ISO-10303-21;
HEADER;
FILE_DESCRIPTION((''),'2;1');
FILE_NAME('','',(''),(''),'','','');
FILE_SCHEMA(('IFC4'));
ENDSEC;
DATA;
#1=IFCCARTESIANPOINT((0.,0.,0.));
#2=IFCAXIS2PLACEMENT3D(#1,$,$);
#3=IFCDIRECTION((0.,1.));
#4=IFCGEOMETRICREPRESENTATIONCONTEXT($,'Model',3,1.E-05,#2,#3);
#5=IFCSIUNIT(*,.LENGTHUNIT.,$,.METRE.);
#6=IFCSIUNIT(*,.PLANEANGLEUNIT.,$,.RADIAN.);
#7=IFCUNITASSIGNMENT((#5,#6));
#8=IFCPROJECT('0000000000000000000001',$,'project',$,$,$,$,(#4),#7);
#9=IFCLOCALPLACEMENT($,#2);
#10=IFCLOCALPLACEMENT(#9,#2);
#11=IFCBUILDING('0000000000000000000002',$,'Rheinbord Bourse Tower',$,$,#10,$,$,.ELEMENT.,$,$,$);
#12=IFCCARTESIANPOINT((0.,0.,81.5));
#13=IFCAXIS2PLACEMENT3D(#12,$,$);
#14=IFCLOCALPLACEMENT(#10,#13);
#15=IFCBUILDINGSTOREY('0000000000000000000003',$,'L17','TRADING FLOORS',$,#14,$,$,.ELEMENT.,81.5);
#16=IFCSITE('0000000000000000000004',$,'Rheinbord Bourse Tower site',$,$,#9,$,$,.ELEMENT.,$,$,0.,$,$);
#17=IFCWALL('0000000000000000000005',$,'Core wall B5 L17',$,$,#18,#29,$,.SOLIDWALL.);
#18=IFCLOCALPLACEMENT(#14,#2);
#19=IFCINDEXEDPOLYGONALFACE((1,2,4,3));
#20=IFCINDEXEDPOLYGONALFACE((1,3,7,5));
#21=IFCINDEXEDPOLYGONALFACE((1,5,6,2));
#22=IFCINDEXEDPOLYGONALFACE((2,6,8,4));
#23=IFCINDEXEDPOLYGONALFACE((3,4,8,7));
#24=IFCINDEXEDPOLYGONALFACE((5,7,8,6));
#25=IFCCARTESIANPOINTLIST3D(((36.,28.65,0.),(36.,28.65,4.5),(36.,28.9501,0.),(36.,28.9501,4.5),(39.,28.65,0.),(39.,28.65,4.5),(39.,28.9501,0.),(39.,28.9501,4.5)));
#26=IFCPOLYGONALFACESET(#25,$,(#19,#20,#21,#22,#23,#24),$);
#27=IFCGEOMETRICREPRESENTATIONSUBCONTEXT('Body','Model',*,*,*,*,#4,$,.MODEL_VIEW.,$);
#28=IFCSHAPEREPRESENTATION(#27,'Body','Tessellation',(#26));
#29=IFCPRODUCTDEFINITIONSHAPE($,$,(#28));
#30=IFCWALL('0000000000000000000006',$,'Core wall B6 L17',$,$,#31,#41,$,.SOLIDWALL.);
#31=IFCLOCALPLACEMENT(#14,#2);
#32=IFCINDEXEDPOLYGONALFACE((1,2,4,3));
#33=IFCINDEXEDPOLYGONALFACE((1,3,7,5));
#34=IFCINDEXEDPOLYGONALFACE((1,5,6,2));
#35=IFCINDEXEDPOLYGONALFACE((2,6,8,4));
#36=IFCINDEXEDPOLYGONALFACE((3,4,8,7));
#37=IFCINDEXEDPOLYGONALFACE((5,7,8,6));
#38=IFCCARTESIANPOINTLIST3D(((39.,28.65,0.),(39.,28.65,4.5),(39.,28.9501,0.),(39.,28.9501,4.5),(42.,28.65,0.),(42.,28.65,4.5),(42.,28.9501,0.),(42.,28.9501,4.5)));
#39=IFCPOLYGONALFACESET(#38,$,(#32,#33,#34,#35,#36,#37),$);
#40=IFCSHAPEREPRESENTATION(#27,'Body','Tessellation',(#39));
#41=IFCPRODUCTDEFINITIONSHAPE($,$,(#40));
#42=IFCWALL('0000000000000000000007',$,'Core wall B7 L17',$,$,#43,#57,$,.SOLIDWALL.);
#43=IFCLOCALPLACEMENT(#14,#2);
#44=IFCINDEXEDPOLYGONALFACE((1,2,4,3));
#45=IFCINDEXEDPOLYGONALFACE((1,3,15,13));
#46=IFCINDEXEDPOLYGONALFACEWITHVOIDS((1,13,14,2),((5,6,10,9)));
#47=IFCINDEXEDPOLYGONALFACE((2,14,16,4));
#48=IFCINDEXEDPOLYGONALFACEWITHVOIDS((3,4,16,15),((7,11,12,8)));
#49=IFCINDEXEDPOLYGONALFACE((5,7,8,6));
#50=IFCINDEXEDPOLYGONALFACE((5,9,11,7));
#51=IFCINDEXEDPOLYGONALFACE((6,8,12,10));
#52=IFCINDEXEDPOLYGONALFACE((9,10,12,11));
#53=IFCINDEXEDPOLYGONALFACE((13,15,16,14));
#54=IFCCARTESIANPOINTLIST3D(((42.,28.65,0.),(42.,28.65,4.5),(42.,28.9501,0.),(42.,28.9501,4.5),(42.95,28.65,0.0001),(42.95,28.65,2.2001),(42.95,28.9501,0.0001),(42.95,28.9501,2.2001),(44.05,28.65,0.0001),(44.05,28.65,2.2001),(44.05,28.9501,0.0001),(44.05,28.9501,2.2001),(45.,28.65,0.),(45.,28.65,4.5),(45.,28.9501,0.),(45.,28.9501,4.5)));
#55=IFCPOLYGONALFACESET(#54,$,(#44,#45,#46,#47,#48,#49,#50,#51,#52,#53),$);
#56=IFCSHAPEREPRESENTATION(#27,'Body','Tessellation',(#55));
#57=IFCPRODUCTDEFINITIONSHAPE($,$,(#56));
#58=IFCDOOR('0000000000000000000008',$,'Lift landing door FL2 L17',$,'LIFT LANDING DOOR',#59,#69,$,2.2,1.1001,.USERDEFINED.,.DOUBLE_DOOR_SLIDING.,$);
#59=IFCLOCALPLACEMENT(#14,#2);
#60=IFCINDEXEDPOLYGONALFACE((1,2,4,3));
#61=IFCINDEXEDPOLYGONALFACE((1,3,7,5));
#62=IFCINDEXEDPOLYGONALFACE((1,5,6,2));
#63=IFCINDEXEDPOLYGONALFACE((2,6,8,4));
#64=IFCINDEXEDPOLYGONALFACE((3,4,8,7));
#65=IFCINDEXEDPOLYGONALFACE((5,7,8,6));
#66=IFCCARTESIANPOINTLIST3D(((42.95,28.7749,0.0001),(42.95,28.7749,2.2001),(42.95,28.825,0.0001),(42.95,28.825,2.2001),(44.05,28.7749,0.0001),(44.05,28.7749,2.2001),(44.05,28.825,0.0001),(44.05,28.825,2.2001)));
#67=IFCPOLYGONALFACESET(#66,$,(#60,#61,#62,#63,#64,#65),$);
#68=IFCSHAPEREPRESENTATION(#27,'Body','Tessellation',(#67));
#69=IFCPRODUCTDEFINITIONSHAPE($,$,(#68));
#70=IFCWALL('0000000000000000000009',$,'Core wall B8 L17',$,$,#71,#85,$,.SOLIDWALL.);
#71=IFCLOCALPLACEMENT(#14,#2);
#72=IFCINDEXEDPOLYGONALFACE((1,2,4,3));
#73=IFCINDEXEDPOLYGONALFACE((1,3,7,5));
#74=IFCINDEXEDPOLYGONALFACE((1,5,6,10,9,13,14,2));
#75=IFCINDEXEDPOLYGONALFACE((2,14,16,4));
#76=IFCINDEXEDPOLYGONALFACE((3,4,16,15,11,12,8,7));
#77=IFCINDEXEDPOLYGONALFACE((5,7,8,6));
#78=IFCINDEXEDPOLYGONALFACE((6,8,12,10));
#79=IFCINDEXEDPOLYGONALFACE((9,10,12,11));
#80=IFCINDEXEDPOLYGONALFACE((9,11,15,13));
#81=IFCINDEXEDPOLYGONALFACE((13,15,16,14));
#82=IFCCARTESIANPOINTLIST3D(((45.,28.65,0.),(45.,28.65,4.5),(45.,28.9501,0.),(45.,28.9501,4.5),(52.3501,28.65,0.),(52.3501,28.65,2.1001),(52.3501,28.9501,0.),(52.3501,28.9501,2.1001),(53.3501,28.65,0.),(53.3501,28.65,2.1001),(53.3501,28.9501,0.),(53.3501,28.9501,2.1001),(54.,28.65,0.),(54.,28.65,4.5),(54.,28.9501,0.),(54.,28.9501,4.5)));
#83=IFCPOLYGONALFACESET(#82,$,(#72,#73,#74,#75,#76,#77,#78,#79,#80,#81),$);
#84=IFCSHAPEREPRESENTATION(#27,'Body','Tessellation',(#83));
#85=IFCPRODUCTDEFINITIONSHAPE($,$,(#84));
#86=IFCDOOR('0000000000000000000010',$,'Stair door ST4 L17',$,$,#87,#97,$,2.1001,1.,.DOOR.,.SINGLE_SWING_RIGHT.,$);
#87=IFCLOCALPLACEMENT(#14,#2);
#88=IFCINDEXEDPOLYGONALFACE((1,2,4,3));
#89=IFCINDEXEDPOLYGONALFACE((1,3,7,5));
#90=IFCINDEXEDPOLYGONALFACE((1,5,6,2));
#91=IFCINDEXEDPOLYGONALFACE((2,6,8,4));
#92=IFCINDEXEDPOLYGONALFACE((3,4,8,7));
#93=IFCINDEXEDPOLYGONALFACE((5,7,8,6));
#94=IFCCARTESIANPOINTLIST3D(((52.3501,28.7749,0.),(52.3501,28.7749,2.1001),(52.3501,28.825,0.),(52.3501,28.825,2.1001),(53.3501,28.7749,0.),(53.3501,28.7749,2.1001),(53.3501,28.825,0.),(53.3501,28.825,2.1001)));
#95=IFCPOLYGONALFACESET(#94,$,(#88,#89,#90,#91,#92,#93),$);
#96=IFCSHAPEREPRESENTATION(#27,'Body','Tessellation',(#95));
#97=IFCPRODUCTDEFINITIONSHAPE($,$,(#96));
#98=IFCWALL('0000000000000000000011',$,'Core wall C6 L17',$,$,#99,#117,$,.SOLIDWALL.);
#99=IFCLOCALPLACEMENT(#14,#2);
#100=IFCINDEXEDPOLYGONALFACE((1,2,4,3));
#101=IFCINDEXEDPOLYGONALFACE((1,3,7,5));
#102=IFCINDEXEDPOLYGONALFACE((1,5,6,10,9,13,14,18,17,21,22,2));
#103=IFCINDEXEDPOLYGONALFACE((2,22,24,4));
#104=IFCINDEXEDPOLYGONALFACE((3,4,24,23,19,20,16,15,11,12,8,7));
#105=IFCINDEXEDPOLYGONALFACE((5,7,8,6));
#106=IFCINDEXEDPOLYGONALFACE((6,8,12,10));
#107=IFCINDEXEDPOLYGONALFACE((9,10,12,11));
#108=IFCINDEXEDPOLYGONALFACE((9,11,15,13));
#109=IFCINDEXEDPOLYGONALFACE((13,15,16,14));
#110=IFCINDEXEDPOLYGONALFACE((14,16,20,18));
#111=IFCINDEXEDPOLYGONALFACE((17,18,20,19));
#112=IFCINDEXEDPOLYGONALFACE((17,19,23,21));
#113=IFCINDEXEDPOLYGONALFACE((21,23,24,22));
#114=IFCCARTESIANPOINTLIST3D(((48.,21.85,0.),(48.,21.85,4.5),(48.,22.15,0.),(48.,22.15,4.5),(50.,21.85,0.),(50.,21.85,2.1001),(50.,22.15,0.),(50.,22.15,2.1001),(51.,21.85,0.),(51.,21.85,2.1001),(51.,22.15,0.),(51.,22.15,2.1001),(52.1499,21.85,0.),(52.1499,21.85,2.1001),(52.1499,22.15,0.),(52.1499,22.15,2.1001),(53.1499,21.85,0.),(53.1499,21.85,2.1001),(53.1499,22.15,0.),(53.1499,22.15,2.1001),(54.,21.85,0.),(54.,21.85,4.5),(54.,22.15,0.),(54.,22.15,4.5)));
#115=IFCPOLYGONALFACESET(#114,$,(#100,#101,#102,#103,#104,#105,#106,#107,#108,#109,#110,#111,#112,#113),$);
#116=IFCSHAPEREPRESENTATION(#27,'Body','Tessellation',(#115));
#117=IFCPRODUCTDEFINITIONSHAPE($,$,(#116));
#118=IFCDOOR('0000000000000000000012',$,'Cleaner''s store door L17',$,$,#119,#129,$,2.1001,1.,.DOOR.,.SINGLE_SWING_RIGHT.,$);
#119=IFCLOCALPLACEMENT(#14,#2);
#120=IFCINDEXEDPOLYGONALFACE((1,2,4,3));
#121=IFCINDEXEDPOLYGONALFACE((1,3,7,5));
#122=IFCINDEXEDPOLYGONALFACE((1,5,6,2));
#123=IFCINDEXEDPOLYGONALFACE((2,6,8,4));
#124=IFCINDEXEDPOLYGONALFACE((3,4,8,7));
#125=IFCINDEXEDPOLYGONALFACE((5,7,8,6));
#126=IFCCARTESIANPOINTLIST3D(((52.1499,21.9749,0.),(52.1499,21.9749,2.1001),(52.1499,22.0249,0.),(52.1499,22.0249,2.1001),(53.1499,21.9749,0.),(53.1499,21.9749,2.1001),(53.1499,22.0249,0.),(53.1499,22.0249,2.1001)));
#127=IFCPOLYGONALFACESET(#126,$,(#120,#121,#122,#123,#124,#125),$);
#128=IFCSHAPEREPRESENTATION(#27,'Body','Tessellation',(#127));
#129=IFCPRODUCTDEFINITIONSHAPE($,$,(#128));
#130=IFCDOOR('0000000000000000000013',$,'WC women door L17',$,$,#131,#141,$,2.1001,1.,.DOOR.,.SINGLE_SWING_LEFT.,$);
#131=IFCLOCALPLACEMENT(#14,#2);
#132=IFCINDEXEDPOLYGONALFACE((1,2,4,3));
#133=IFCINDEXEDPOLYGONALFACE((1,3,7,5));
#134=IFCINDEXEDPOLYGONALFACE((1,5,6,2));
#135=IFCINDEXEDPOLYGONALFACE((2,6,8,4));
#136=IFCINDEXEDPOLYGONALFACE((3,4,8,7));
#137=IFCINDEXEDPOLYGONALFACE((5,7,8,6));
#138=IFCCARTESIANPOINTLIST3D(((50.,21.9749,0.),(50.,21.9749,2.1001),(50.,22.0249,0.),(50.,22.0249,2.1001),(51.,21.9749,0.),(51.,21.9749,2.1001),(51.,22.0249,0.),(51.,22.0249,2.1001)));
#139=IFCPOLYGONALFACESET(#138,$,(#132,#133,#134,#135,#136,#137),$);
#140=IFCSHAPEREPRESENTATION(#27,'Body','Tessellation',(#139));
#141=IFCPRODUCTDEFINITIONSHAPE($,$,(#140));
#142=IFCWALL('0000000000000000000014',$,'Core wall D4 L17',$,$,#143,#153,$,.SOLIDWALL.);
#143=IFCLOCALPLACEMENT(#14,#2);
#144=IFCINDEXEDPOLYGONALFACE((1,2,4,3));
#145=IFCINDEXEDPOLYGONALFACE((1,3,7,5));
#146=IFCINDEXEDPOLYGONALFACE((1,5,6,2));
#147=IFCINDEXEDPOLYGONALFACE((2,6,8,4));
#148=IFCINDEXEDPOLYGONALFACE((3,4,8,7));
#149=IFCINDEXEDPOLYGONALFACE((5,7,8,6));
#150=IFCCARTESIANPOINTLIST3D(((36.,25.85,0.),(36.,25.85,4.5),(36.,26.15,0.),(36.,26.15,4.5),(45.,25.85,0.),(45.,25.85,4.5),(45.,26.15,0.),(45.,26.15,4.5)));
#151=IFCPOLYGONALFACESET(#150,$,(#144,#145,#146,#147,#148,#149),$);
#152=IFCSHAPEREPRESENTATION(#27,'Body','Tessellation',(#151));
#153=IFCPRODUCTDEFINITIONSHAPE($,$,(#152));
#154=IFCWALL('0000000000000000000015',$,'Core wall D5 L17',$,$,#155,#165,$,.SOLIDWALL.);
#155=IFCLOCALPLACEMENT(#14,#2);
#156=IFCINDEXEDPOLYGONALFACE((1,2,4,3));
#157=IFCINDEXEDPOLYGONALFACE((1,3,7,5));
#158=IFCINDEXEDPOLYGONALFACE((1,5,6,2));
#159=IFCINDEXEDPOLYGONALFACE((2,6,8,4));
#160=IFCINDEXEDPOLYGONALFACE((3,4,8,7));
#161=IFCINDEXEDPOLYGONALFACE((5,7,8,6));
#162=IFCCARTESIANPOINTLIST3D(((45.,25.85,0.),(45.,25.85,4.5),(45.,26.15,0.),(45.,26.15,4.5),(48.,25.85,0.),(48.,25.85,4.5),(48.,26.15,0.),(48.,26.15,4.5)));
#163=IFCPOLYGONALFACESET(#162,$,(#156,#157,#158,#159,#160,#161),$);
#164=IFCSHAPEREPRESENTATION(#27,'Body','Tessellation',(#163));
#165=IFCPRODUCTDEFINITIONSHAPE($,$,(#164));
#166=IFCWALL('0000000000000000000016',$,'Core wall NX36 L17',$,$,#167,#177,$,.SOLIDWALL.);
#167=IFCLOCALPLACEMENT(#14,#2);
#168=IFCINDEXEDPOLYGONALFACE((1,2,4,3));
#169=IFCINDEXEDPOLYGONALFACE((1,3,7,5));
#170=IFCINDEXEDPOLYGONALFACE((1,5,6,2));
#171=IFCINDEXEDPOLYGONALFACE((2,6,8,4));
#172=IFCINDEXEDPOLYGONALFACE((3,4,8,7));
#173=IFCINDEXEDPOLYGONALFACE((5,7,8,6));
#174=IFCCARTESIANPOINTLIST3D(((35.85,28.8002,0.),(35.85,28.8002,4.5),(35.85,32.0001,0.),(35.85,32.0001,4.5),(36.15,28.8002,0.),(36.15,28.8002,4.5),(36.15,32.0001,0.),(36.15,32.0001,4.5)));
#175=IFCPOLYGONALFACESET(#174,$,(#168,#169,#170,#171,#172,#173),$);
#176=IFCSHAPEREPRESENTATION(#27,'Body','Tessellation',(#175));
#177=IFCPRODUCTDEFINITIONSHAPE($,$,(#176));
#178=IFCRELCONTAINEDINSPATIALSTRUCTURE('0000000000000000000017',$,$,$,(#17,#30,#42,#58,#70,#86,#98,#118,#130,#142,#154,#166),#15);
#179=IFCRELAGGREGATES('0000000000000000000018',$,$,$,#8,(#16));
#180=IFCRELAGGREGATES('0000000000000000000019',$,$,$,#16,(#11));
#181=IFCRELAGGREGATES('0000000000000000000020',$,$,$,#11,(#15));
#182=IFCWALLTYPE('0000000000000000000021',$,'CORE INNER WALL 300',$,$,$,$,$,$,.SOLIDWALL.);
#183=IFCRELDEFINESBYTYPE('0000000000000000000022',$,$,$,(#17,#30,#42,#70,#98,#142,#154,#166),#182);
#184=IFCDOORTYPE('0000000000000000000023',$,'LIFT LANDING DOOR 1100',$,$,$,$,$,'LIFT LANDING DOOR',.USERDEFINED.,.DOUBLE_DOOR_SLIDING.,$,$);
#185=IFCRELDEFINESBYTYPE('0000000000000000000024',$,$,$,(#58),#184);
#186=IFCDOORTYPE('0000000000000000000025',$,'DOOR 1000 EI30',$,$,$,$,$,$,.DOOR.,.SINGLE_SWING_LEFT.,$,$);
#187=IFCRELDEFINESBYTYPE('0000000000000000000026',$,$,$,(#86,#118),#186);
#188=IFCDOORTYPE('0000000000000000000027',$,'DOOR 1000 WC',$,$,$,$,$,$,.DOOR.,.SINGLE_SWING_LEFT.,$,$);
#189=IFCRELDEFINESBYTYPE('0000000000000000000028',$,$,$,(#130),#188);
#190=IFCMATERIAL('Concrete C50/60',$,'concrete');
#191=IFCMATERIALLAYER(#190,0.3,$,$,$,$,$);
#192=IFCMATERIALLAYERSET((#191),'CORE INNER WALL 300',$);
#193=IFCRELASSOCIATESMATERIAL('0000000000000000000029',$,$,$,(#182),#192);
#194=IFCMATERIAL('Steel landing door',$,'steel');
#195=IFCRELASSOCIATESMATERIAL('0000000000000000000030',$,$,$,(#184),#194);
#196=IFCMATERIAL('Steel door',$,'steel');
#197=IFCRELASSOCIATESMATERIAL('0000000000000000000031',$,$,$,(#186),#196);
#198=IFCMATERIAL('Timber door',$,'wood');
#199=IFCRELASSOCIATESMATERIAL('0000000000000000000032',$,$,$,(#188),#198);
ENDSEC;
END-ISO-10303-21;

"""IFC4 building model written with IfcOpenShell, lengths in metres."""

from ifc_helpers import new_model, si_unit, direction, frame, frame_2d, origin, place, context, subcontext, project, spatial, rectangle, extrude, material, layer, layer_set, type_object, element, fill, save


model = new_model("IFC4")

# Units and contexts
model_context = context("Model", 3, precision=1e-05, world=origin(), true_north=direction((0.0, 1.0)))
body_context = subcontext(model_context, "Body", "Model", "MODEL_VIEW")
ifc_project = project(units=[si_unit("LENGTHUNIT", "METRE"), si_unit("PLANEANGLEUNIT", "RADIAN")], contexts=[model_context])

# Site, building, storey
site_placement = place(None, origin())
site = spatial("IfcSite", under=ifc_project, at=site_placement, Name="Rheinbord Bourse Tower site", CompositionType="ELEMENT", RefElevation=0.0)
building_placement = place(site_placement, origin())
building = spatial("IfcBuilding", under=site, at=building_placement, Name="Rheinbord Bourse Tower", CompositionType="ELEMENT")
storey_placement = place(building_placement, frame((0.0, 0.0, 81.5)))
storey = spatial("IfcBuildingStorey", under=building, at=storey_placement, Name="L17", Description="TRADING FLOORS", CompositionType="ELEMENT", Elevation=81.5)

# Walls
ifc_material_1 = material(Name="Concrete C50/60", Category="concrete")
ifc_layer_1 = layer(ifc_material_1, 0.3)
ifc_layer_set_1 = layer_set([ifc_layer_1], Name="CORE INNER WALL 300")
wall_type_1 = type_object("IfcWallType", Name="CORE INNER WALL 300", PredefinedType="SOLIDWALL", material=ifc_layer_set_1)
for number, where, z_axis, x_axis, name in (
    (1, (36.0, 28.8, 0.0), (0.0, 0.0, 1.0), (1.0, 0.0, 0.0), "Core wall B5 L17"),
    (2, (39.0, 28.8, 0.0), (0.0, 0.0, 1.0), (1.0, 0.0, 0.0), "Core wall B6 L17"),
):
    element("IfcWall", number, at=place(storey_placement, frame(where, z_axis=z_axis, x_axis=x_axis)), inside=storey, type_object=wall_type_1, Name=name, PredefinedType="SOLIDWALL", context=body_context, shape_type="SweptSolid", body=[
        extrude(rectangle(XDim=3.0, YDim=0.3, at=frame_2d((1.5, 0.0))), origin(), (0.0, 0.0, 1.0), 4.5),
    ])

# Walls, openings, doors
wall_1_placement = place(storey_placement, frame((42.0, 28.8, 0.0), z_axis=(0.0, 0.0, 1.0), x_axis=(1.0, 0.0, 0.0)))
wall_1 = element("IfcWall", 3, at=wall_1_placement, inside=storey, type_object=wall_type_1, Name="Core wall B7 L17", PredefinedType="SOLIDWALL", context=body_context, shape_type="SweptSolid", body=[
    extrude(rectangle(XDim=3.0, YDim=0.3, at=frame_2d((1.5, 0.0))), origin(), (0.0, 0.0, 1.0), 4.5),
])
opening_1_placement = place(wall_1_placement, frame((0.95, 0.0, 0.0)))
opening_1 = element("IfcOpeningElement", 4, at=opening_1_placement, cuts=wall_1, PredefinedType="OPENING", context=body_context, shape_type="SweptSolid", body=[
    extrude(rectangle(XDim=1.1001, YDim=2.2, at=frame_2d((0.55, 1.1001))), frame((0.0, 0.1599, 0.0), z_axis=(0.0, -1.0, 0.0), x_axis=(1.0, 0.0, 0.0)), (0.0, 0.0, 1.0), 0.3201),
])
ifc_material_2 = material(Name="Steel landing door", Category="steel")
door_type_1 = type_object("IfcDoorType", Name="LIFT LANDING DOOR 1100", ElementType="LIFT LANDING DOOR", OperationType="DOUBLE_DOOR_SLIDING", PredefinedType="USERDEFINED", material=ifc_material_2)
door_1_placement = place(opening_1_placement, origin())
door_1 = element("IfcDoor", 5, at=door_1_placement, inside=storey, type_object=door_type_1, Name="Lift landing door FL2 L17", ObjectType="LIFT LANDING DOOR", OperationType="DOUBLE_DOOR_SLIDING", OverallHeight=2.2, OverallWidth=1.1001, PredefinedType="USERDEFINED", context=body_context, shape_type="SweptSolid", body=[
    extrude(rectangle(XDim=1.1001, YDim=2.2, at=frame_2d((0.55, 1.1001))), frame((0.0, 0.0249, 0.0), z_axis=(0.0, -1.0, 0.0), x_axis=(1.0, 0.0, 0.0)), (0.0, 0.0, 1.0), 0.05),
])
fill(opening_1, door_1)
wall_2_placement = place(storey_placement, frame((45.0, 28.8, 0.0), z_axis=(0.0, 0.0, 1.0), x_axis=(1.0, 0.0, 0.0)))
wall_2 = element("IfcWall", 6, at=wall_2_placement, inside=storey, type_object=wall_type_1, Name="Core wall B8 L17", PredefinedType="SOLIDWALL", context=body_context, shape_type="SweptSolid", body=[
    extrude(rectangle(XDim=9.0, YDim=0.3, at=frame_2d((4.5, 0.0))), origin(), (0.0, 0.0, 1.0), 4.5),
])
opening_2_placement = place(wall_2_placement, frame((7.3501, 0.0, 0.0)))
opening_2 = element("IfcOpeningElement", 7, at=opening_2_placement, cuts=wall_2, PredefinedType="OPENING", context=body_context, shape_type="SweptSolid", body=[
    extrude(rectangle(XDim=1.0, YDim=2.1001, at=frame_2d((0.5, 1.05))), frame((0.0, 0.1599, 0.0), z_axis=(0.0, -1.0, 0.0), x_axis=(1.0, 0.0, 0.0)), (0.0, 0.0, 1.0), 0.3201),
])
ifc_material_3 = material(Name="Steel door", Category="steel")
door_type_2 = type_object("IfcDoorType", Name="DOOR 1000 EI30", OperationType="SINGLE_SWING_LEFT", PredefinedType="DOOR", material=ifc_material_3)
door_2_placement = place(opening_2_placement, origin())
door_2 = element("IfcDoor", 8, at=door_2_placement, inside=storey, type_object=door_type_2, Name="Stair door ST4 L17", OperationType="SINGLE_SWING_RIGHT", OverallHeight=2.1001, OverallWidth=1.0, PredefinedType="DOOR", context=body_context, shape_type="SweptSolid", body=[
    extrude(rectangle(XDim=1.0, YDim=2.1001, at=frame_2d((0.5, 1.05))), frame((0.0, 0.0249, 0.0), z_axis=(0.0, -1.0, 0.0), x_axis=(1.0, 0.0, 0.0)), (0.0, 0.0, 1.0), 0.05),
])
fill(opening_2, door_2)

# Wall, openings, doors
wall_3_placement = place(storey_placement, frame((48.0, 22.0, 0.0), z_axis=(0.0, 0.0, 1.0), x_axis=(1.0, 0.0, 0.0)))
wall_3 = element("IfcWall", 9, at=wall_3_placement, inside=storey, type_object=wall_type_1, Name="Core wall C6 L17", PredefinedType="SOLIDWALL", context=body_context, shape_type="SweptSolid", body=[
    extrude(rectangle(XDim=6.0, YDim=0.3, at=frame_2d((3.0, 0.0))), origin(), (0.0, 0.0, 1.0), 4.5),
])
opening_3_placement = place(wall_3_placement, frame((2.0, 0.0, 0.0)))
opening_3 = element("IfcOpeningElement", 10, at=opening_3_placement, cuts=wall_3, PredefinedType="OPENING", context=body_context, shape_type="SweptSolid", body=[
    extrude(rectangle(XDim=1.0, YDim=2.1001, at=frame_2d((0.5, 1.05))), frame((0.0, 0.1599, 0.0), z_axis=(0.0, -1.0, 0.0), x_axis=(1.0, 0.0, 0.0)), (0.0, 0.0, 1.0), 0.3201),
])
opening_4_placement = place(wall_3_placement, frame((4.1499, 0.0, 0.0)))
opening_4 = element("IfcOpeningElement", 11, at=opening_4_placement, cuts=wall_3, PredefinedType="OPENING", context=body_context, shape_type="SweptSolid", body=[
    extrude(rectangle(XDim=1.0, YDim=2.1001, at=frame_2d((0.5, 1.05))), frame((0.0, 0.1599, 0.0), z_axis=(0.0, -1.0, 0.0), x_axis=(1.0, 0.0, 0.0)), (0.0, 0.0, 1.0), 0.3201),
])
door_3_placement = place(opening_4_placement, origin())
door_3 = element("IfcDoor", 12, at=door_3_placement, inside=storey, type_object=door_type_2, Name="Cleaner's store door L17", OperationType="SINGLE_SWING_RIGHT", OverallHeight=2.1001, OverallWidth=1.0, PredefinedType="DOOR", context=body_context, shape_type="SweptSolid", body=[
    extrude(rectangle(XDim=1.0, YDim=2.1001, at=frame_2d((0.5, 1.05))), frame((0.0, 0.0249, 0.0), z_axis=(0.0, -1.0, 0.0), x_axis=(1.0, 0.0, 0.0)), (0.0, 0.0, 1.0), 0.05),
])
fill(opening_4, door_3)
ifc_material_4 = material(Name="Timber door", Category="wood")
door_type_3 = type_object("IfcDoorType", Name="DOOR 1000 WC", OperationType="SINGLE_SWING_LEFT", PredefinedType="DOOR", material=ifc_material_4)
door_4_placement = place(opening_3_placement, origin())
door_4 = element("IfcDoor", 13, at=door_4_placement, inside=storey, type_object=door_type_3, Name="WC women door L17", OperationType="SINGLE_SWING_LEFT", OverallHeight=2.1001, OverallWidth=1.0, PredefinedType="DOOR", context=body_context, shape_type="SweptSolid", body=[
    extrude(rectangle(XDim=1.0, YDim=2.1001, at=frame_2d((0.5, 1.05))), frame((0.0, 0.0249, 0.0), z_axis=(0.0, -1.0, 0.0), x_axis=(1.0, 0.0, 0.0)), (0.0, 0.0, 1.0), 0.05),
])
fill(opening_3, door_4)

# Walls
wall_4_placement = place(storey_placement, frame((36.0, 26.0, 0.0), z_axis=(0.0, 0.0, 1.0), x_axis=(1.0, 0.0, 0.0)))
element("IfcWall", 14, at=wall_4_placement, inside=storey, type_object=wall_type_1, Name="Core wall D4 L17", PredefinedType="SOLIDWALL", context=body_context, shape_type="SweptSolid", body=[
    extrude(rectangle(XDim=9.0, YDim=0.3, at=frame_2d((4.5, 0.0))), origin(), (0.0, 0.0, 1.0), 4.5),
])
wall_5_placement = place(storey_placement, frame((45.0, 26.0, 0.0), z_axis=(0.0, 0.0, 1.0), x_axis=(1.0, 0.0, 0.0)))
element("IfcWall", 15, at=wall_5_placement, inside=storey, type_object=wall_type_1, Name="Core wall D5 L17", PredefinedType="SOLIDWALL", context=body_context, shape_type="SweptSolid", body=[
    extrude(rectangle(XDim=3.0, YDim=0.3, at=frame_2d((1.5, 0.0))), origin(), (0.0, 0.0, 1.0), 4.5),
])
for number, where, z_axis, x_axis, name in (
    (16, (36.0, 28.8, 0.0), (0.0, 0.0, 1.0), (0.0, 1.0, 0.0), "Core wall NX36 L17"),
):
    element("IfcWall", number, at=place(storey_placement, frame(where, z_axis=z_axis, x_axis=x_axis)), inside=storey, type_object=wall_type_1, Name=name, PredefinedType="SOLIDWALL", context=body_context, shape_type="SweptSolid", body=[
        extrude(rectangle(XDim=3.2, YDim=0.3, at=frame_2d((1.6001, 0.0))), origin(), (0.0, 0.0, 1.0), 4.5),
    ])

save(model, "model.ifc")
